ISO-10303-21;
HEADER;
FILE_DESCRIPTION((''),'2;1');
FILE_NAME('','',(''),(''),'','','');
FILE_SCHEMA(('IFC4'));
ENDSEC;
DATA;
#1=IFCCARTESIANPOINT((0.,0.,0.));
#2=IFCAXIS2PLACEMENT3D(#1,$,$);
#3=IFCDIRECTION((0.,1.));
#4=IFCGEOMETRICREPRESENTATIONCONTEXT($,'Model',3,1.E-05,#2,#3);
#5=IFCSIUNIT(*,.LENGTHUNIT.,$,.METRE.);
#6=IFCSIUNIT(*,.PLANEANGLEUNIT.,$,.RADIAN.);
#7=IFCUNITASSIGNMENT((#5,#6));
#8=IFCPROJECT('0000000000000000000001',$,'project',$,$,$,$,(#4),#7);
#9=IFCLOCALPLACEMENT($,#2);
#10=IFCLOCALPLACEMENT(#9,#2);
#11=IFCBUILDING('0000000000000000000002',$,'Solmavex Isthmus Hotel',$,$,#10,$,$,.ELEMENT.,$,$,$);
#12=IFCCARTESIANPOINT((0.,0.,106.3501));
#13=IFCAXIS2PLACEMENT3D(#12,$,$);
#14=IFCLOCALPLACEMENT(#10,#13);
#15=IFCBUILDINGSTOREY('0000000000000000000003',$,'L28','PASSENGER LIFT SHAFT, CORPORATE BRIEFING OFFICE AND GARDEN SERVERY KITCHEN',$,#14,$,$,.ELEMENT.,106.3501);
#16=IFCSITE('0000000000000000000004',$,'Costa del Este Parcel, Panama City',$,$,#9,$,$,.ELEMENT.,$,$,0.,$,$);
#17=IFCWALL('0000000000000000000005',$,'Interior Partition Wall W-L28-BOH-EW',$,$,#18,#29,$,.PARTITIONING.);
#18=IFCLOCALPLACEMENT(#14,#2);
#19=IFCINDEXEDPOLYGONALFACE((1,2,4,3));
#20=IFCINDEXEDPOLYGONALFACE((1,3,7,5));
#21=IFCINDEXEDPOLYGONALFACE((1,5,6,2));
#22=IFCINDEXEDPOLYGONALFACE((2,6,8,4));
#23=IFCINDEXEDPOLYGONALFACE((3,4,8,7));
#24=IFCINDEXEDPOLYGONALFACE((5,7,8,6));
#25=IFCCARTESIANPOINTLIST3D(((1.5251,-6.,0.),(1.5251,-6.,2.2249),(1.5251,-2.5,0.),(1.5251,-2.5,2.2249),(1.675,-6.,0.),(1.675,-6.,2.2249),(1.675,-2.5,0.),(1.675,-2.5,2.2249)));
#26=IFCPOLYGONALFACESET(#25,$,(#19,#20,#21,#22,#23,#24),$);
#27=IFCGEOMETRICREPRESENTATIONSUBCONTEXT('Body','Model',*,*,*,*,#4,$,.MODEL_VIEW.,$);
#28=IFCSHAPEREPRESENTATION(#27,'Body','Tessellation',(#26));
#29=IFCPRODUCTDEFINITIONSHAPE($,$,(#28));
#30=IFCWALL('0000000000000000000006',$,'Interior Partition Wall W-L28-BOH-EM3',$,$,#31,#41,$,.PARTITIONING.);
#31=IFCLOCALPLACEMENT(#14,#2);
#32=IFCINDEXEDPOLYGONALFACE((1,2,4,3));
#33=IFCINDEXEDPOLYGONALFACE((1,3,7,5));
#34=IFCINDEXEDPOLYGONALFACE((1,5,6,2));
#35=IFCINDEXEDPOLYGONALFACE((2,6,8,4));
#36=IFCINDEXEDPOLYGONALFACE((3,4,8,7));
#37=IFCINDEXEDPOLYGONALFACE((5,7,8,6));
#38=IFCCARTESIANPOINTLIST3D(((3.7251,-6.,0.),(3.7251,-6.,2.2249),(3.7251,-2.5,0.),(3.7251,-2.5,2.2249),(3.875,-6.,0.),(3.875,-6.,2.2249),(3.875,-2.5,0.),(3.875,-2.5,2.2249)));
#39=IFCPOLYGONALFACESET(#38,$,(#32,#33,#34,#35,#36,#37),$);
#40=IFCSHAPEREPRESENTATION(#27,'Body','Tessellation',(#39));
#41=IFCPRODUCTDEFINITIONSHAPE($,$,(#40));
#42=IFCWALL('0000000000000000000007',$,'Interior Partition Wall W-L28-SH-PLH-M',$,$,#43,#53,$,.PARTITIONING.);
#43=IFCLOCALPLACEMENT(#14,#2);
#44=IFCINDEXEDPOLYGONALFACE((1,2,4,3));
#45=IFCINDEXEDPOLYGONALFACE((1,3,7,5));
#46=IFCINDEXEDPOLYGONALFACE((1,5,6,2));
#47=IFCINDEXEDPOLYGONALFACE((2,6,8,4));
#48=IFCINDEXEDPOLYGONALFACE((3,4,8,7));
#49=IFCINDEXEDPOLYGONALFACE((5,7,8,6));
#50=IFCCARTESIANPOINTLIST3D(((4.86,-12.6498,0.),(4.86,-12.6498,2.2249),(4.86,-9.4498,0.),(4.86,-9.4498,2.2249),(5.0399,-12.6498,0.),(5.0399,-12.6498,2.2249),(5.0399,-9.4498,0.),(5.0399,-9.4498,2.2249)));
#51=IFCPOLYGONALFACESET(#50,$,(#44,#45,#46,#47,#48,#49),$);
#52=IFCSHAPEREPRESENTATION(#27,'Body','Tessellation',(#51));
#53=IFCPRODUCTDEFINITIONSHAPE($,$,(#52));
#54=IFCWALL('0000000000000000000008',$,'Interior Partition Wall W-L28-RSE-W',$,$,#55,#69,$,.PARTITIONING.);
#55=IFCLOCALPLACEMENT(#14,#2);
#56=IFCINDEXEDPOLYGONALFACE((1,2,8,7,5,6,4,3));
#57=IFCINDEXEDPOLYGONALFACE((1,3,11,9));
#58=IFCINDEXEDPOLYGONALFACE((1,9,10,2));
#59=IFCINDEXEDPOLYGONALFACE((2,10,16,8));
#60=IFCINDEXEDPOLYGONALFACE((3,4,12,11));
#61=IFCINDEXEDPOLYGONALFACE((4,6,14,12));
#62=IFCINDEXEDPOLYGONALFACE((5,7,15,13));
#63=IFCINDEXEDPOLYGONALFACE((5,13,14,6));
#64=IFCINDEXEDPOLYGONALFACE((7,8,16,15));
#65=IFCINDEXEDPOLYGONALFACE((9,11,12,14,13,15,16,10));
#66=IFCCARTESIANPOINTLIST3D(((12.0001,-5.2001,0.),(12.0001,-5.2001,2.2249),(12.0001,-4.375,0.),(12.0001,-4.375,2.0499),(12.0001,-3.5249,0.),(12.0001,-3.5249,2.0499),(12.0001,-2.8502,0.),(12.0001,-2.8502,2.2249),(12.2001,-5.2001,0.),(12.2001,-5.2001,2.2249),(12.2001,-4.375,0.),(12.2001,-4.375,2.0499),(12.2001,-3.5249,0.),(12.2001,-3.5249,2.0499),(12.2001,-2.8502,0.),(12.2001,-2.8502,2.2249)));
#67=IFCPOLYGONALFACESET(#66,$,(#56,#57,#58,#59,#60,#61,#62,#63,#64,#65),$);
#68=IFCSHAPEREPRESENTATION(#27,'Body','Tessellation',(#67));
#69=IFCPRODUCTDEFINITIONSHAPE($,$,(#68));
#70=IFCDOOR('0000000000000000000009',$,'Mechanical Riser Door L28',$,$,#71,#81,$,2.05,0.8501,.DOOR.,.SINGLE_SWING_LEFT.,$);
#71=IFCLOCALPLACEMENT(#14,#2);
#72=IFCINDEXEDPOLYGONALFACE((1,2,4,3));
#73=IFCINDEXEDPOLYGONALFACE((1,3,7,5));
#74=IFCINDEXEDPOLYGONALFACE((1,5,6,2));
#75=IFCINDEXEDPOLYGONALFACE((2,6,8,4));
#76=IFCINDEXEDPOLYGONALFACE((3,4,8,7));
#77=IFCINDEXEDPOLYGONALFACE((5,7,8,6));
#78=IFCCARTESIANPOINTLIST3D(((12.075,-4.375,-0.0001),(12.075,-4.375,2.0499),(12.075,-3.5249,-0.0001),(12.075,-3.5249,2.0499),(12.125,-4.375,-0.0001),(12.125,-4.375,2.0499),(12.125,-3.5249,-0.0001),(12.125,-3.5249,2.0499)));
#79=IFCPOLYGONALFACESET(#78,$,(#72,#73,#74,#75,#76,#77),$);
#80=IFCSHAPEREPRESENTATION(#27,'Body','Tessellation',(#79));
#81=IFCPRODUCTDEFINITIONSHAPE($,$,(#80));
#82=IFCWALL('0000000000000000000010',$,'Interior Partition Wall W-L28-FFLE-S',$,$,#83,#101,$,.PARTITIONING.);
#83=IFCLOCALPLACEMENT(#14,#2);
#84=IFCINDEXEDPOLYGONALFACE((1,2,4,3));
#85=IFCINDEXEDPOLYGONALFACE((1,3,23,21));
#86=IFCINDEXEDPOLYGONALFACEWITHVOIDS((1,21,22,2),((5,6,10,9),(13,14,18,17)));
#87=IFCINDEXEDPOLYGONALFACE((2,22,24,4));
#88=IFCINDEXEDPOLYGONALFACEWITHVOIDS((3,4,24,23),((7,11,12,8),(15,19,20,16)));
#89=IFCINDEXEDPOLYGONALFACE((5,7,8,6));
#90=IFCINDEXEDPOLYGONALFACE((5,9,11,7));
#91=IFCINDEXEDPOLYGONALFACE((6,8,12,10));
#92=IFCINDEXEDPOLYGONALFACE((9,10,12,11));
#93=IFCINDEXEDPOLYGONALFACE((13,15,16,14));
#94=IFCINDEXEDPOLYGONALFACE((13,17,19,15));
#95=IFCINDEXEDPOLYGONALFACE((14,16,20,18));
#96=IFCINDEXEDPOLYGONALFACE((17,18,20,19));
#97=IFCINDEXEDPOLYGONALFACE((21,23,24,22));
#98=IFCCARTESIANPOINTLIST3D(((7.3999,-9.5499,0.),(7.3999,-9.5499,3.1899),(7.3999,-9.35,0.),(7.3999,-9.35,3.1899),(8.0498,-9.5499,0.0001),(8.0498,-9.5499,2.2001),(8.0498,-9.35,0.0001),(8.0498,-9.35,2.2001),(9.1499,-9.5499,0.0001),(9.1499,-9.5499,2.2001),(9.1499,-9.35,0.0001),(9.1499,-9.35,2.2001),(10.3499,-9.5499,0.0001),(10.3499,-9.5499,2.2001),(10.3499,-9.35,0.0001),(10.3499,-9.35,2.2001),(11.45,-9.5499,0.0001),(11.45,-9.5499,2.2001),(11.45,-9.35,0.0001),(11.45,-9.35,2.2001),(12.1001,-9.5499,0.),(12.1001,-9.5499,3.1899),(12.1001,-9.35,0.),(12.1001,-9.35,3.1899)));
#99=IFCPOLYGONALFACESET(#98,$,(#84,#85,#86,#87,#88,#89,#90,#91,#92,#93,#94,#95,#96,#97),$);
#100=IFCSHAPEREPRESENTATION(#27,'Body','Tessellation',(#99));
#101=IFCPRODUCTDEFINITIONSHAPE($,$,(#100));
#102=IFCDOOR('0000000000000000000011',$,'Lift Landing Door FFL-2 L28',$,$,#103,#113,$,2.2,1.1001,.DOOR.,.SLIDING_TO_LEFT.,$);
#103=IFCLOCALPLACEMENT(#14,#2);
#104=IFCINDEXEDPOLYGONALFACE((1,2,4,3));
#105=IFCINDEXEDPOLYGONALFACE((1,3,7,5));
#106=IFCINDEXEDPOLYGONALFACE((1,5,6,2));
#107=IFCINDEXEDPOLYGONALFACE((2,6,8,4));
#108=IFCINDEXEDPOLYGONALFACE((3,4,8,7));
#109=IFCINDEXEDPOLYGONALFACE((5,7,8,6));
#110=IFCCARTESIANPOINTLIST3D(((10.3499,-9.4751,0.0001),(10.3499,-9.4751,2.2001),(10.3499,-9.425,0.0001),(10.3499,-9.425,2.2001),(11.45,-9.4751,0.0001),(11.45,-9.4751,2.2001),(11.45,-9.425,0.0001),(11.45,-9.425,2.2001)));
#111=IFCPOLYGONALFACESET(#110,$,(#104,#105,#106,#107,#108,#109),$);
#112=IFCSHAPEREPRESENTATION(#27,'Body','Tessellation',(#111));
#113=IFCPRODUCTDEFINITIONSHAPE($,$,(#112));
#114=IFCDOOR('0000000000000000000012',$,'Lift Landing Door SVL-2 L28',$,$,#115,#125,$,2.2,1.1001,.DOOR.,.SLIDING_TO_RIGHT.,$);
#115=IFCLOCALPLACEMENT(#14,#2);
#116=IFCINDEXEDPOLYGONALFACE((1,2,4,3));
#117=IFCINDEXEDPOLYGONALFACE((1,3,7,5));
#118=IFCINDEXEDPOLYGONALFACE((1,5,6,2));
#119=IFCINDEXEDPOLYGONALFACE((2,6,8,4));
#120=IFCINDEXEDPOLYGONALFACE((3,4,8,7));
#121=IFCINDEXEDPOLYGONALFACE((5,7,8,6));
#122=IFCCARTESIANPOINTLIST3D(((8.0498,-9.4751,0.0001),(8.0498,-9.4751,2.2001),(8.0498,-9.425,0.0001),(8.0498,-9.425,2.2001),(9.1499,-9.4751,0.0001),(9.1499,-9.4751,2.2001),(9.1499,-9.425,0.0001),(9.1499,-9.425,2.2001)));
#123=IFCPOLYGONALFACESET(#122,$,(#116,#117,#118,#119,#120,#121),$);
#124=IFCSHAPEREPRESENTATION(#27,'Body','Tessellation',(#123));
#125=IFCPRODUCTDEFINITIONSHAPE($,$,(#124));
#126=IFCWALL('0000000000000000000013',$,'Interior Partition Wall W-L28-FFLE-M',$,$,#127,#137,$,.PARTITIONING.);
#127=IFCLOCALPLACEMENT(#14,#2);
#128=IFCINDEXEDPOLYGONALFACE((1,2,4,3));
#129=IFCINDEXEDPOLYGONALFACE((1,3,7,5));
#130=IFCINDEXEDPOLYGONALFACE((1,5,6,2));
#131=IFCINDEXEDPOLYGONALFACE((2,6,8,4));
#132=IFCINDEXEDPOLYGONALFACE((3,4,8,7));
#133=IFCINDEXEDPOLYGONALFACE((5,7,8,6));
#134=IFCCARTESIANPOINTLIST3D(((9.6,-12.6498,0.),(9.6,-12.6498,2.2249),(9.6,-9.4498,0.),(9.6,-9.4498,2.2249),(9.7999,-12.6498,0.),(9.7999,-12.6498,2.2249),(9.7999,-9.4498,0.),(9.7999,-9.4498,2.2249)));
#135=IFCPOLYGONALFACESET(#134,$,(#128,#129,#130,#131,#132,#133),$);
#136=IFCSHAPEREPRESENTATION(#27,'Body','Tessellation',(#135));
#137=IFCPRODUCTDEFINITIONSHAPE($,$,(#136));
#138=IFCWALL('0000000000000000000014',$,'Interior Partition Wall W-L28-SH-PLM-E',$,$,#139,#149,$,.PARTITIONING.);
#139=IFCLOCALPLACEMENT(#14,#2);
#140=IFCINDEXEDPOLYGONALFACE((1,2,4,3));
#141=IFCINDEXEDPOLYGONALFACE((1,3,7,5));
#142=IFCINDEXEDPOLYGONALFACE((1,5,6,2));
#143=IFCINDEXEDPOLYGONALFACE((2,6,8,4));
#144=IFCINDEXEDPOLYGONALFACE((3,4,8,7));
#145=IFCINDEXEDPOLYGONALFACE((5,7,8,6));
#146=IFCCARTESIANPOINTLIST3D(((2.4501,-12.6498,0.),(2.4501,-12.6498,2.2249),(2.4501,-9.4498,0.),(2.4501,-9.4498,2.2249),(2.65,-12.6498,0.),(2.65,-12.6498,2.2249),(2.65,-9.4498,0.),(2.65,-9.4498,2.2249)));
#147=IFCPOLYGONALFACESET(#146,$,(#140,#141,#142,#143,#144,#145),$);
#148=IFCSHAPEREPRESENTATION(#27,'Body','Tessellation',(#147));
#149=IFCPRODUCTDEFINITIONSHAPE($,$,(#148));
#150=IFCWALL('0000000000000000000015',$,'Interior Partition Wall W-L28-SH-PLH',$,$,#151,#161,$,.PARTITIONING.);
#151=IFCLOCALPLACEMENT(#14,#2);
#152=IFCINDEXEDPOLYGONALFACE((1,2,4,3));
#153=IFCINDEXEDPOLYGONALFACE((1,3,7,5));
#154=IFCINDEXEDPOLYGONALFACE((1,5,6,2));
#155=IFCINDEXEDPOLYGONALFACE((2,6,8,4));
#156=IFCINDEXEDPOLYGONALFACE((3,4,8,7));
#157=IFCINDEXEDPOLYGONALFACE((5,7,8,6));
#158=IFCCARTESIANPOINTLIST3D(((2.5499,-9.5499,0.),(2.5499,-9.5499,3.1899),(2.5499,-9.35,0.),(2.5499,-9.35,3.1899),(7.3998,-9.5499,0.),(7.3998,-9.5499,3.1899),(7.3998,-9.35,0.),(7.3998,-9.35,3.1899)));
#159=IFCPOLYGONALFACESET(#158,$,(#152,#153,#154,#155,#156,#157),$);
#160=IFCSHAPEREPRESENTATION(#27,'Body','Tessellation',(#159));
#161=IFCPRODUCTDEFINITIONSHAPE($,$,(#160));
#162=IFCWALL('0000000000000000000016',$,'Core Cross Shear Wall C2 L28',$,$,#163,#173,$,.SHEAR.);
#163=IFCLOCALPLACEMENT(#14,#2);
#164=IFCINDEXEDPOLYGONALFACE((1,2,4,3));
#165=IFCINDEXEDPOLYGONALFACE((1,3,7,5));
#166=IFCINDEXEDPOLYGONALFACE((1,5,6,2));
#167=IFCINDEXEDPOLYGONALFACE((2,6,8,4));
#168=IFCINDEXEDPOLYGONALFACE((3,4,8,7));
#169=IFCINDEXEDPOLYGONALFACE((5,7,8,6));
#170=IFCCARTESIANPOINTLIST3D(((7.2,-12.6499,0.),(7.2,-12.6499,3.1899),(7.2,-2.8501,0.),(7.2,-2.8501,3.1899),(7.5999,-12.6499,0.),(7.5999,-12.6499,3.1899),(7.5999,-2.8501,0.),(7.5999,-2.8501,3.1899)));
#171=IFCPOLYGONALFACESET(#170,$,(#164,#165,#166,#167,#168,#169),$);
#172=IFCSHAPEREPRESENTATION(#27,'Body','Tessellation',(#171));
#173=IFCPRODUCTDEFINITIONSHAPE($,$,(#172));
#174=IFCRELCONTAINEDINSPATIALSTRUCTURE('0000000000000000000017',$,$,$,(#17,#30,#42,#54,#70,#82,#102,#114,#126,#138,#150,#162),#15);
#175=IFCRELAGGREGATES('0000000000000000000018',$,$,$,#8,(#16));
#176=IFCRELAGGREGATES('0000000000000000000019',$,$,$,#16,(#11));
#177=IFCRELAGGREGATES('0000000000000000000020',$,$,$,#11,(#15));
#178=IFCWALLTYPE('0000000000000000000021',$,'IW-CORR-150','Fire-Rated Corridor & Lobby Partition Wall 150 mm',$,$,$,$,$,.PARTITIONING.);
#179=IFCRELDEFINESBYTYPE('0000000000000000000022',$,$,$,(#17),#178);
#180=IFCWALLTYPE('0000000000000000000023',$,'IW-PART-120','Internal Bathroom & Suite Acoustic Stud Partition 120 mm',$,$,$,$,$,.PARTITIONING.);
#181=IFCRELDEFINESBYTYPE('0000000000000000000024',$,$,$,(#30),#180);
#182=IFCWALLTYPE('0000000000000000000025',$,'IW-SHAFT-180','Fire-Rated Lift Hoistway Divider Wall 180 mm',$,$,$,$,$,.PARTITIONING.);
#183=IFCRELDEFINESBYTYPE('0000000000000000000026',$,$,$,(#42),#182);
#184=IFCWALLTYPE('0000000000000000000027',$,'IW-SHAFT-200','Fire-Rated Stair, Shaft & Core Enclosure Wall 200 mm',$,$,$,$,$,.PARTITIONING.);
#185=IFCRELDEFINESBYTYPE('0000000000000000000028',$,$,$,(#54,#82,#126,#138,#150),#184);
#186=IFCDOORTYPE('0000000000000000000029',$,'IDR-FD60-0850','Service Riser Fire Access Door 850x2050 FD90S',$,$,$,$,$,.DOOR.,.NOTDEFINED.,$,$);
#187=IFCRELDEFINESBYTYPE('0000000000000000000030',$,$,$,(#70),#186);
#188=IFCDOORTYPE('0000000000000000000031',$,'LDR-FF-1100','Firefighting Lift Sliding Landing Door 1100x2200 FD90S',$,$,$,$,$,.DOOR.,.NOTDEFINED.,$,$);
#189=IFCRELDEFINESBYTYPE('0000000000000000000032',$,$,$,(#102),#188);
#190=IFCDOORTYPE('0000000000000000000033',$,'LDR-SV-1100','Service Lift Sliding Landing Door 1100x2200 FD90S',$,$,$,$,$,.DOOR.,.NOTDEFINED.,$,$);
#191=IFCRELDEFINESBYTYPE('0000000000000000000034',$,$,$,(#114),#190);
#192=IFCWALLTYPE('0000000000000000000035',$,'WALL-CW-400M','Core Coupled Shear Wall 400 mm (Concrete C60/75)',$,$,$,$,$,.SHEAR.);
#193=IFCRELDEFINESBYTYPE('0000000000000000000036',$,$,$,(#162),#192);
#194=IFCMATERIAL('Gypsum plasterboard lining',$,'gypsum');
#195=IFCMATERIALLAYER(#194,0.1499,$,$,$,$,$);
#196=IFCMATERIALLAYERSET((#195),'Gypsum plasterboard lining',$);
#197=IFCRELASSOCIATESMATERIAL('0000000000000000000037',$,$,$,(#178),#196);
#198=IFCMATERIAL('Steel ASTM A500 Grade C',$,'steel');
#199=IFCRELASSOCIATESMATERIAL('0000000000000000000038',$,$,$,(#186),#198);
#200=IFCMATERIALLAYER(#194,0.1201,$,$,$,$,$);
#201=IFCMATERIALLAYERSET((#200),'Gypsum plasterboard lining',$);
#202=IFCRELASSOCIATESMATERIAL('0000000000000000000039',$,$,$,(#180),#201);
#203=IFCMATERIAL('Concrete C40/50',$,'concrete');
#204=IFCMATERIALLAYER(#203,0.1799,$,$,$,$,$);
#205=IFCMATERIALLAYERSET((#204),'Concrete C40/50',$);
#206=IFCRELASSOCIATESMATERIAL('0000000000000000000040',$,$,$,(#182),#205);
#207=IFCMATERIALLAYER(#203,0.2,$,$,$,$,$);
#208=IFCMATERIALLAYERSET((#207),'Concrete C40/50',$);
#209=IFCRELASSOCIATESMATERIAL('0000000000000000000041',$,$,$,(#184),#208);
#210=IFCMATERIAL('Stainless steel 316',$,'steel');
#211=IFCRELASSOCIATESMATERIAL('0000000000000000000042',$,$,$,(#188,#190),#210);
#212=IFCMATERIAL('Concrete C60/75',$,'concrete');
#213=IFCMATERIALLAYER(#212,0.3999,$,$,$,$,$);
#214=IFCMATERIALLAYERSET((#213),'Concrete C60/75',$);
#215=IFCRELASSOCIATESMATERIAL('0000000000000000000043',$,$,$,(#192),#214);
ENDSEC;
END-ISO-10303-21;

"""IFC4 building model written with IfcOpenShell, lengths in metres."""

from ifc_helpers import new_model, si_unit, direction, frame, frame_2d, origin, place, context, subcontext, project, spatial, rectangle, extrude, material, layer, layer_set, type_object, element, fill, save


model = new_model("IFC4")

# Units and contexts
model_context = context("Model", 3, precision=1e-05, world=origin(), true_north=direction((0.0, 1.0)))
body_context = subcontext(model_context, "Body", "Model", "MODEL_VIEW")
ifc_project = project(units=[si_unit("LENGTHUNIT", "METRE"), si_unit("PLANEANGLEUNIT", "RADIAN")], contexts=[model_context])

# Site, building, storey
site_placement = place(None, origin())
site = spatial("IfcSite", under=ifc_project, at=site_placement, Name="Costa del Este Parcel, Panama City", CompositionType="ELEMENT", RefElevation=0.0)
building_placement = place(site_placement, origin())
building = spatial("IfcBuilding", under=site, at=building_placement, Name="Solmavex Isthmus Hotel", CompositionType="ELEMENT")
storey_placement = place(building_placement, frame((0.0, 0.0, 106.3501)))
storey = spatial("IfcBuildingStorey", under=building, at=storey_placement, Name="L28", Description="PASSENGER LIFT SHAFT, CORPORATE BRIEFING OFFICE AND GARDEN SERVERY KITCHEN", CompositionType="ELEMENT", Elevation=106.3501)

# Shared definitions
ifc_material_1 = material(Name="Concrete C60/75", Category="concrete")

# Shared definitions
ifc_material_2 = material(Name="Gypsum plasterboard lining", Category="gypsum")
ifc_layer_1 = layer(ifc_material_2, 0.1499)
ifc_layer_set_1 = layer_set([ifc_layer_1], Name="Gypsum plasterboard lining")
wall_type_1 = type_object("IfcWallType", Name="IW-CORR-150", Description="Fire-Rated Corridor & Lobby Partition Wall 150 mm", PredefinedType="PARTITIONING", material=ifc_layer_set_1)
ifc_material_3 = material(Name="Steel ASTM A500 Grade C", Category="steel")
door_type_1 = type_object("IfcDoorType", Name="IDR-FD60-0850", Description="Service Riser Fire Access Door 850x2050 FD90S", OperationType="NOTDEFINED", PredefinedType="DOOR", material=ifc_material_3)

# Walls
wall_1_placement = place(storey_placement, frame((1.6001, -6.0, 0.0), z_axis=(0.0, 0.0, 1.0), x_axis=(0.0, 1.0, 0.0)))
element("IfcWall", 1, at=wall_1_placement, inside=storey, type_object=wall_type_1, Name="Interior Partition Wall W-L28-BOH-EW", PredefinedType="PARTITIONING", context=body_context, shape_type="SweptSolid", body=[
    extrude(rectangle(XDim=3.5, YDim=0.1499, at=frame_2d((1.75, 0.0))), origin(), (0.0, 0.0, 1.0), 2.2249),
])
ifc_layer_2 = layer(ifc_material_2, 0.1201)
ifc_layer_set_2 = layer_set([ifc_layer_2], Name="Gypsum plasterboard lining")
wall_type_2 = type_object("IfcWallType", Name="IW-PART-120", Description="Internal Bathroom & Suite Acoustic Stud Partition 120 mm", PredefinedType="PARTITIONING", material=ifc_layer_set_2)
wall_2_placement = place(storey_placement, frame((3.8, -6.0, 0.0), z_axis=(0.0, 0.0, 1.0), x_axis=(0.0, 1.0, 0.0)))
element("IfcWall", 2, at=wall_2_placement, inside=storey, type_object=wall_type_2, Name="Interior Partition Wall W-L28-BOH-EM3", PredefinedType="PARTITIONING", context=body_context, shape_type="SweptSolid", body=[
    extrude(rectangle(XDim=3.5, YDim=0.1499, at=frame_2d((1.75, 0.0))), origin(), (0.0, 0.0, 1.0), 2.2249),
])
ifc_material_4 = material(Name="Concrete C40/50", Category="concrete")
ifc_layer_3 = layer(ifc_material_4, 0.1799)
ifc_layer_set_3 = layer_set([ifc_layer_3], Name="Concrete C40/50")
wall_type_3 = type_object("IfcWallType", Name="IW-SHAFT-180", Description="Fire-Rated Lift Hoistway Divider Wall 180 mm", PredefinedType="PARTITIONING", material=ifc_layer_set_3)
wall_3_placement = place(storey_placement, frame((4.95, -12.6499, 0.0), z_axis=(0.0, 0.0, 1.0), x_axis=(0.0, 1.0, 0.0)))
element("IfcWall", 3, at=wall_3_placement, inside=storey, type_object=wall_type_3, Name="Interior Partition Wall W-L28-SH-PLH-M", PredefinedType="PARTITIONING", context=body_context, shape_type="SweptSolid", body=[
    extrude(rectangle(XDim=3.2, YDim=0.1799, at=frame_2d((1.6001, 0.0))), origin(), (0.0, 0.0, 1.0), 2.2249),
])

# Wall, opening, door
ifc_layer_4 = layer(ifc_material_4, 0.2)
ifc_layer_set_4 = layer_set([ifc_layer_4], Name="Concrete C40/50")
wall_type_4 = type_object("IfcWallType", Name="IW-SHAFT-200", Description="Fire-Rated Stair, Shaft & Core Enclosure Wall 200 mm", PredefinedType="PARTITIONING", material=ifc_layer_set_4)
wall_4_placement = place(storey_placement, frame((12.1001, -5.2, 0.0), z_axis=(0.0, 0.0, 1.0), x_axis=(0.0, 1.0, 0.0)))
wall_4 = element("IfcWall", 4, at=wall_4_placement, inside=storey, type_object=wall_type_4, Name="Interior Partition Wall W-L28-RSE-W", PredefinedType="PARTITIONING", context=body_context, shape_type="SweptSolid", body=[
    extrude(rectangle(XDim=2.3499, YDim=0.2, at=frame_2d((1.1748, 0.0))), origin(), (0.0, 0.0, 1.0), 2.2249),
])
opening_1_placement = place(wall_4_placement, frame((0.825, 0.0, 0.0)))
opening_1 = element("IfcOpeningElement", 5, at=opening_1_placement, cuts=wall_4, PredefinedType="OPENING", context=body_context, shape_type="SweptSolid", body=[
    extrude(rectangle(XDim=0.8501, YDim=2.05, at=frame_2d((0.425, 1.0249))), frame((0.0, 0.1099, 0.0), z_axis=(0.0, -1.0, 0.0), x_axis=(1.0, 0.0, 0.0)), (0.0, 0.0, 1.0), 0.22),
])
door_1_placement = place(opening_1_placement, frame((0.8501, 0.0, 0.0), z_axis=(0.0, 0.0, 1.0), x_axis=(-1.0, 0.0, 0.0)))
door_1 = element("IfcDoor", 6, at=door_1_placement, inside=storey, type_object=door_type_1, Name="Mechanical Riser Door L28", OperationType="SINGLE_SWING_LEFT", OverallHeight=2.05, OverallWidth=0.8501, PredefinedType="DOOR", context=body_context, shape_type="SweptSolid", body=[
    extrude(rectangle(XDim=0.8501, YDim=2.05, at=frame_2d((0.425, 1.0249))), frame((0.0, 0.0249, 0.0), z_axis=(0.0, -1.0, 0.0), x_axis=(1.0, 0.0, 0.0)), (0.0, 0.0, 1.0), 0.05),
])
fill(opening_1, door_1)

# Wall, openings, doors
wall_5_placement = place(storey_placement, frame((7.3999, -9.45, 0.0), z_axis=(0.0, 0.0, 1.0), x_axis=(1.0, 0.0, 0.0)))
wall_5 = element("IfcWall", 7, at=wall_5_placement, inside=storey, type_object=wall_type_4, Name="Interior Partition Wall W-L28-FFLE-S", PredefinedType="PARTITIONING", context=body_context, shape_type="SweptSolid", body=[
    extrude(rectangle(XDim=4.7002, YDim=0.2, at=frame_2d((2.3501, 0.0))), origin(), (0.0, 0.0, 1.0), 3.1899),
])
opening_2_placement = place(wall_5_placement, frame((2.95, 0.0, 0.0)))
opening_2 = element("IfcOpeningElement", 8, at=opening_2_placement, cuts=wall_5, PredefinedType="OPENING", context=body_context, shape_type="SweptSolid", body=[
    extrude(rectangle(XDim=1.1001, YDim=2.2, at=frame_2d((0.55, 1.1001))), frame((0.0, 0.1099, 0.0), z_axis=(0.0, -1.0, 0.0), x_axis=(1.0, 0.0, 0.0)), (0.0, 0.0, 1.0), 0.22),
])
opening_3_placement = place(wall_5_placement, frame((0.6499, 0.0, 0.0)))
opening_3 = element("IfcOpeningElement", 9, at=opening_3_placement, cuts=wall_5, PredefinedType="OPENING", context=body_context, shape_type="SweptSolid", body=[
    extrude(rectangle(XDim=1.1001, YDim=2.2, at=frame_2d((0.55, 1.1001))), frame((0.0, 0.1099, 0.0), z_axis=(0.0, -1.0, 0.0), x_axis=(1.0, 0.0, 0.0)), (0.0, 0.0, 1.0), 0.22),
])
ifc_material_5 = material(Name="Stainless steel 316", Category="steel")
door_type_2 = type_object("IfcDoorType", Name="LDR-FF-1100", Description="Firefighting Lift Sliding Landing Door 1100x2200 FD90S", OperationType="NOTDEFINED", PredefinedType="DOOR", material=ifc_material_5)
door_2_placement = place(opening_2_placement, origin())
door_2 = element("IfcDoor", 10, at=door_2_placement, inside=storey, type_object=door_type_2, Name="Lift Landing Door FFL-2 L28", OperationType="SLIDING_TO_LEFT", OverallHeight=2.2, OverallWidth=1.1001, PredefinedType="DOOR", context=body_context, shape_type="SweptSolid", body=[
    extrude(rectangle(XDim=1.1001, YDim=2.2, at=frame_2d((0.55, 1.1001))), frame((0.0, 0.0249, 0.0), z_axis=(0.0, -1.0, 0.0), x_axis=(1.0, 0.0, 0.0)), (0.0, 0.0, 1.0), 0.05),
])
fill(opening_2, door_2)
door_type_3 = type_object("IfcDoorType", Name="LDR-SV-1100", Description="Service Lift Sliding Landing Door 1100x2200 FD90S", OperationType="NOTDEFINED", PredefinedType="DOOR", material=ifc_material_5)
door_3_placement = place(opening_3_placement, origin())
door_3 = element("IfcDoor", 11, at=door_3_placement, inside=storey, type_object=door_type_3, Name="Lift Landing Door SVL-2 L28", OperationType="SLIDING_TO_RIGHT", OverallHeight=2.2, OverallWidth=1.1001, PredefinedType="DOOR", context=body_context, shape_type="SweptSolid", body=[
    extrude(rectangle(XDim=1.1001, YDim=2.2, at=frame_2d((0.55, 1.1001))), frame((0.0, 0.0249, 0.0), z_axis=(0.0, -1.0, 0.0), x_axis=(1.0, 0.0, 0.0)), (0.0, 0.0, 1.0), 0.05),
])
fill(opening_3, door_3)

# Walls
for number, where, z_axis, x_axis, name in (
    (12, (9.7, -12.6499, 0.0), (0.0, 0.0, 1.0), (0.0, 1.0, 0.0), "Interior Partition Wall W-L28-FFLE-M"),
    (13, (2.55, -12.6499, 0.0), (0.0, 0.0, 1.0), (0.0, 1.0, 0.0), "Interior Partition Wall W-L28-SH-PLM-E"),
):
    element("IfcWall", number, at=place(storey_placement, frame(where, z_axis=z_axis, x_axis=x_axis)), inside=storey, type_object=wall_type_4, Name=name, PredefinedType="PARTITIONING", context=body_context, shape_type="SweptSolid", body=[
        extrude(rectangle(XDim=3.2, YDim=0.2, at=frame_2d((1.6001, 0.0))), origin(), (0.0, 0.0, 1.0), 2.2249),
    ])
wall_6_placement = place(storey_placement, frame((2.55, -9.45, 0.0), z_axis=(0.0, 0.0, 1.0), x_axis=(1.0, 0.0, 0.0)))
element("IfcWall", 14, at=wall_6_placement, inside=storey, type_object=wall_type_4, Name="Interior Partition Wall W-L28-SH-PLH", PredefinedType="PARTITIONING", context=body_context, shape_type="SweptSolid", body=[
    extrude(rectangle(XDim=4.8499, YDim=0.2, at=frame_2d((2.4248, 0.0))), origin(), (0.0, 0.0, 1.0), 3.1899),
])
ifc_layer_5 = layer(ifc_material_1, 0.3999)
ifc_layer_set_5 = layer_set([ifc_layer_5], Name="Concrete C60/75")
wall_type_5 = type_object("IfcWallType", Name="WALL-CW-400M", Description="Core Coupled Shear Wall 400 mm (Concrete C60/75)", PredefinedType="SHEAR", material=ifc_layer_set_5)
wall_7_placement = place(storey_placement, frame((7.3999, -12.6499, 0.0), z_axis=(0.0, 0.0, 1.0), x_axis=(0.0, 1.0, 0.0)))
element("IfcWall", 15, at=wall_7_placement, inside=storey, type_object=wall_type_5, Name="Core Cross Shear Wall C2 L28", PredefinedType="SHEAR", context=body_context, shape_type="SweptSolid", body=[
    extrude(rectangle(XDim=9.7998, YDim=0.3999, at=frame_2d((4.8999, 0.0))), origin(), (0.0, 0.0, 1.0), 3.1899),
])

save(model, "model.ifc")
